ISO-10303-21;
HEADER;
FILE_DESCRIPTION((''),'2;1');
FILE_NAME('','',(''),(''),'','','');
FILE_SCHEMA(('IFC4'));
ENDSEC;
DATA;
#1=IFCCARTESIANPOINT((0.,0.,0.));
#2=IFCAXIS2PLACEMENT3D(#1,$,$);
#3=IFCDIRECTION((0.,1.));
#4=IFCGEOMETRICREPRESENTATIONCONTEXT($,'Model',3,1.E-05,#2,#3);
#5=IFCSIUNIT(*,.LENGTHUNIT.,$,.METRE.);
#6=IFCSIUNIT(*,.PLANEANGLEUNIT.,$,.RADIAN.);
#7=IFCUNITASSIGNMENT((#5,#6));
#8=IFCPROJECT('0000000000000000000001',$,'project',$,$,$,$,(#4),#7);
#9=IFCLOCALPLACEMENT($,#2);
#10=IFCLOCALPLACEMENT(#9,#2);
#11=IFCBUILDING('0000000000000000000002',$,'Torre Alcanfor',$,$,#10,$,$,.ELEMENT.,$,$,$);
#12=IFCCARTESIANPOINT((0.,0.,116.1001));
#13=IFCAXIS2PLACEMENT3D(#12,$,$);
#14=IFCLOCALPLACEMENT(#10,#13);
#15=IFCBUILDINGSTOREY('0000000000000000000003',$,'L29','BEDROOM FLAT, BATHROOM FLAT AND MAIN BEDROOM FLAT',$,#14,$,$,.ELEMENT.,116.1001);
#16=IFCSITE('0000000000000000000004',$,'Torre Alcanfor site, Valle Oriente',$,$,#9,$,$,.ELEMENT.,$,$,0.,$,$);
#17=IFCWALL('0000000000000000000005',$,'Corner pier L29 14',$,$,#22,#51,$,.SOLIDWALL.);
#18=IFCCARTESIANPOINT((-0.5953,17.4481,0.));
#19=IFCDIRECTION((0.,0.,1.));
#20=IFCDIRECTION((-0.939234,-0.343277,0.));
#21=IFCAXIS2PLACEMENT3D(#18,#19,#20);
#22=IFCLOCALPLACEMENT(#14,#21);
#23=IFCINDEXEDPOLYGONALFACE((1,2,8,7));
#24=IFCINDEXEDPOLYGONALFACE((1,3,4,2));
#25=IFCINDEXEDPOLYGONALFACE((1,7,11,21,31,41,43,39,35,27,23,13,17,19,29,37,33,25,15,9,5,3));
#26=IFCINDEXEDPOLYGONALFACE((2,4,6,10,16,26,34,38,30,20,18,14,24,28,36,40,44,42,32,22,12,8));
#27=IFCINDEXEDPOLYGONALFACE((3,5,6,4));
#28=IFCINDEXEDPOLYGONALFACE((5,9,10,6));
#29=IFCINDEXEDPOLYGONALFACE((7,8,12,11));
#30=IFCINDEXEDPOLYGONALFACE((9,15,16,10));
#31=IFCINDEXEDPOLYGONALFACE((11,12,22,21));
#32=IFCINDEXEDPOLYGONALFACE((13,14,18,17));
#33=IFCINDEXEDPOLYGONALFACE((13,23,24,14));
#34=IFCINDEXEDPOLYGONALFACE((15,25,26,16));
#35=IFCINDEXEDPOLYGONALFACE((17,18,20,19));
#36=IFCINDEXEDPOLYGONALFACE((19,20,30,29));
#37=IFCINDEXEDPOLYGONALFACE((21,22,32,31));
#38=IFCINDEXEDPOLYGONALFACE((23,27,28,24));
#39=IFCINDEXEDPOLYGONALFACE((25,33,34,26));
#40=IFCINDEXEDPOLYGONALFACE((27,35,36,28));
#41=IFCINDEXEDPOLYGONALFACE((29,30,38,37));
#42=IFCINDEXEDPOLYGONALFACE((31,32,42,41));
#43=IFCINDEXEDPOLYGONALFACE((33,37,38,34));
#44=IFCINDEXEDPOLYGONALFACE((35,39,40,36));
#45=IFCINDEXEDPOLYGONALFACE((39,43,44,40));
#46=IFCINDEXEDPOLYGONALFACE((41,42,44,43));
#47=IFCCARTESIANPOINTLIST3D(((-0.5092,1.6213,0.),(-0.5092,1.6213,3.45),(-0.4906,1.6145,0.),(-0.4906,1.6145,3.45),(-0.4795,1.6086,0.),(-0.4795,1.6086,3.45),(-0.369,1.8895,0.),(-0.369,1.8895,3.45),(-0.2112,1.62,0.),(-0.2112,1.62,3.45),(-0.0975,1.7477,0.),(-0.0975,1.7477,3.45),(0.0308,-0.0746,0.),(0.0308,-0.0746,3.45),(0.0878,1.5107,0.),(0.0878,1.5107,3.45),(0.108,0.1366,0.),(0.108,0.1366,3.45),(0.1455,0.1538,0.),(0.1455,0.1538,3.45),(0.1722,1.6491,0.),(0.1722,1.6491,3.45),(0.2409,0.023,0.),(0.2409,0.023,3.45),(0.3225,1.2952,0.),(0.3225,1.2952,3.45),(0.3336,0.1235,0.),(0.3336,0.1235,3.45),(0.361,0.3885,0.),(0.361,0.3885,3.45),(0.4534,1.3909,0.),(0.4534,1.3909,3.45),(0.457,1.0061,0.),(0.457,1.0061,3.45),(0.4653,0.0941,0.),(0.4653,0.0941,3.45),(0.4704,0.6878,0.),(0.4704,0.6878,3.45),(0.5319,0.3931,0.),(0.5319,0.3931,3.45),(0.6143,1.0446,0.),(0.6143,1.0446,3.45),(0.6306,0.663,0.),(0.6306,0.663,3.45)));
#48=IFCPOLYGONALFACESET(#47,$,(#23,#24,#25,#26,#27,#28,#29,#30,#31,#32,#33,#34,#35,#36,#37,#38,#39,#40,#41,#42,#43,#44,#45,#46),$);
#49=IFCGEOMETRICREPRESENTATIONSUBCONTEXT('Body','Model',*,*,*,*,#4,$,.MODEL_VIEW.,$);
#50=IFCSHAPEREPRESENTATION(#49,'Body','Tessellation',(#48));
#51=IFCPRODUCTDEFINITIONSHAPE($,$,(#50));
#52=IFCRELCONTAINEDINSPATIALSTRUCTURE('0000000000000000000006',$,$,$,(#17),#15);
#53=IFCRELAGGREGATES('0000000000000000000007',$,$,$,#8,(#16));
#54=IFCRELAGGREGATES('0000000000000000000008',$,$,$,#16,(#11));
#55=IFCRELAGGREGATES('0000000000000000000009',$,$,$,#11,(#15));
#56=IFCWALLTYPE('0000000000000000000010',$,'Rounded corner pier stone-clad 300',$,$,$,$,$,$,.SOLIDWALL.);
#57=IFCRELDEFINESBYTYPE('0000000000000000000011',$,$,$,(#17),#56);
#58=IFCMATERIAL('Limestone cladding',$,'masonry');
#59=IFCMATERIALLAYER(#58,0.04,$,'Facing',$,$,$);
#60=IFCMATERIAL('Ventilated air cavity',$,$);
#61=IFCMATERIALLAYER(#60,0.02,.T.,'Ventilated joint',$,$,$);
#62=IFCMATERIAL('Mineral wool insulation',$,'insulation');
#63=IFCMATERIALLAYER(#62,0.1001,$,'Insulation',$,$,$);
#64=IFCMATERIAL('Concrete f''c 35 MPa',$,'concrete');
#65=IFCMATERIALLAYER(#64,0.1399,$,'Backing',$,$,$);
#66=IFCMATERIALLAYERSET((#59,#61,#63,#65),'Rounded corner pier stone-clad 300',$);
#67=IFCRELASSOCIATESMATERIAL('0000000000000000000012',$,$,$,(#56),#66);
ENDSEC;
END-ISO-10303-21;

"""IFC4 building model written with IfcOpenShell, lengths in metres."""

from ifc_helpers import new_model, si_unit, direction, frame, origin, place, context, subcontext, project, spatial, polyline, outline, extrude, material, layer, layer_set, type_object, element, save


model = new_model("IFC4")

# Units and contexts
model_context = context("Model", 3, precision=1e-05, world=origin(), true_north=direction((0.0, 1.0)))
body_context = subcontext(model_context, "Body", "Model", "MODEL_VIEW")
ifc_project = project(units=[si_unit("LENGTHUNIT", "METRE"), si_unit("PLANEANGLEUNIT", "RADIAN")], contexts=[model_context])

# Site, building, storey
site_placement = place(None, origin())
site = spatial("IfcSite", under=ifc_project, at=site_placement, Name="Torre Alcanfor site, Valle Oriente", CompositionType="ELEMENT", RefElevation=0.0)
building_placement = place(site_placement, origin())
building = spatial("IfcBuilding", under=site, at=building_placement, Name="Torre Alcanfor", CompositionType="ELEMENT")
storey_placement = place(building_placement, frame((0.0, 0.0, 116.1001)))
storey = spatial("IfcBuildingStorey", under=building, at=storey_placement, Name="L29", Description="BEDROOM FLAT, BATHROOM FLAT AND MAIN BEDROOM FLAT", CompositionType="ELEMENT", Elevation=116.1001)

# Wall
ifc_material_1 = material(Name="Limestone cladding", Category="masonry")
ifc_layer_1 = layer(ifc_material_1, 0.04, Name="Facing")
ifc_material_2 = material(Name="Ventilated air cavity")
ifc_layer_2 = layer(ifc_material_2, 0.02, ventilated=True, Name="Ventilated joint")
ifc_material_3 = material(Name="Mineral wool insulation", Category="insulation")
ifc_layer_3 = layer(ifc_material_3, 0.1001, Name="Insulation")
ifc_material_4 = material(Name="Concrete f'c 35 MPa", Category="concrete")
ifc_layer_4 = layer(ifc_material_4, 0.1399, Name="Backing")
ifc_layer_set_1 = layer_set([ifc_layer_1, ifc_layer_2, ifc_layer_3, ifc_layer_4], Name="Rounded corner pier stone-clad 300")
wall_type_1 = type_object("IfcWallType", Name="Rounded corner pier stone-clad 300", PredefinedType="SOLIDWALL", material=ifc_layer_set_1)
wall_1_placement = place(storey_placement, frame((-0.5953, 17.4481, 0.0), z_axis=(0.0, 0.0, 1.0), x_axis=(-0.939234, -0.343277, 0.0)))
element("IfcWall", 1, at=wall_1_placement, inside=storey, type_object=wall_type_1, Name="Corner pier L29 14", PredefinedType="SOLIDWALL", context=body_context, shape_type="SweptSolid", body=[
    extrude(outline(polyline([(-0.369, 1.8895), (-0.5092, 1.6213), (-0.4906, 1.6145), (-0.4795, 1.6086), (-0.2112, 1.62), (0.0878, 1.5107), (0.3225, 1.2952), (0.457, 1.0061), (0.4704, 0.6878), (0.361, 0.3885), (0.1455, 0.1538), (0.108, 0.1366), (0.0308, -0.0746), (0.2409, 0.023), (0.3336, 0.1235), (0.4653, 0.0941), (0.5319, 0.3931), (0.6306, 0.663), (0.6143, 1.0446), (0.4534, 1.3909), (0.1722, 1.6491), (-0.0975, 1.7477), (-0.369, 1.8895)])), origin(), (0.0, 0.0, 1.0), 3.45),
])

save(model, "model.ifc")
